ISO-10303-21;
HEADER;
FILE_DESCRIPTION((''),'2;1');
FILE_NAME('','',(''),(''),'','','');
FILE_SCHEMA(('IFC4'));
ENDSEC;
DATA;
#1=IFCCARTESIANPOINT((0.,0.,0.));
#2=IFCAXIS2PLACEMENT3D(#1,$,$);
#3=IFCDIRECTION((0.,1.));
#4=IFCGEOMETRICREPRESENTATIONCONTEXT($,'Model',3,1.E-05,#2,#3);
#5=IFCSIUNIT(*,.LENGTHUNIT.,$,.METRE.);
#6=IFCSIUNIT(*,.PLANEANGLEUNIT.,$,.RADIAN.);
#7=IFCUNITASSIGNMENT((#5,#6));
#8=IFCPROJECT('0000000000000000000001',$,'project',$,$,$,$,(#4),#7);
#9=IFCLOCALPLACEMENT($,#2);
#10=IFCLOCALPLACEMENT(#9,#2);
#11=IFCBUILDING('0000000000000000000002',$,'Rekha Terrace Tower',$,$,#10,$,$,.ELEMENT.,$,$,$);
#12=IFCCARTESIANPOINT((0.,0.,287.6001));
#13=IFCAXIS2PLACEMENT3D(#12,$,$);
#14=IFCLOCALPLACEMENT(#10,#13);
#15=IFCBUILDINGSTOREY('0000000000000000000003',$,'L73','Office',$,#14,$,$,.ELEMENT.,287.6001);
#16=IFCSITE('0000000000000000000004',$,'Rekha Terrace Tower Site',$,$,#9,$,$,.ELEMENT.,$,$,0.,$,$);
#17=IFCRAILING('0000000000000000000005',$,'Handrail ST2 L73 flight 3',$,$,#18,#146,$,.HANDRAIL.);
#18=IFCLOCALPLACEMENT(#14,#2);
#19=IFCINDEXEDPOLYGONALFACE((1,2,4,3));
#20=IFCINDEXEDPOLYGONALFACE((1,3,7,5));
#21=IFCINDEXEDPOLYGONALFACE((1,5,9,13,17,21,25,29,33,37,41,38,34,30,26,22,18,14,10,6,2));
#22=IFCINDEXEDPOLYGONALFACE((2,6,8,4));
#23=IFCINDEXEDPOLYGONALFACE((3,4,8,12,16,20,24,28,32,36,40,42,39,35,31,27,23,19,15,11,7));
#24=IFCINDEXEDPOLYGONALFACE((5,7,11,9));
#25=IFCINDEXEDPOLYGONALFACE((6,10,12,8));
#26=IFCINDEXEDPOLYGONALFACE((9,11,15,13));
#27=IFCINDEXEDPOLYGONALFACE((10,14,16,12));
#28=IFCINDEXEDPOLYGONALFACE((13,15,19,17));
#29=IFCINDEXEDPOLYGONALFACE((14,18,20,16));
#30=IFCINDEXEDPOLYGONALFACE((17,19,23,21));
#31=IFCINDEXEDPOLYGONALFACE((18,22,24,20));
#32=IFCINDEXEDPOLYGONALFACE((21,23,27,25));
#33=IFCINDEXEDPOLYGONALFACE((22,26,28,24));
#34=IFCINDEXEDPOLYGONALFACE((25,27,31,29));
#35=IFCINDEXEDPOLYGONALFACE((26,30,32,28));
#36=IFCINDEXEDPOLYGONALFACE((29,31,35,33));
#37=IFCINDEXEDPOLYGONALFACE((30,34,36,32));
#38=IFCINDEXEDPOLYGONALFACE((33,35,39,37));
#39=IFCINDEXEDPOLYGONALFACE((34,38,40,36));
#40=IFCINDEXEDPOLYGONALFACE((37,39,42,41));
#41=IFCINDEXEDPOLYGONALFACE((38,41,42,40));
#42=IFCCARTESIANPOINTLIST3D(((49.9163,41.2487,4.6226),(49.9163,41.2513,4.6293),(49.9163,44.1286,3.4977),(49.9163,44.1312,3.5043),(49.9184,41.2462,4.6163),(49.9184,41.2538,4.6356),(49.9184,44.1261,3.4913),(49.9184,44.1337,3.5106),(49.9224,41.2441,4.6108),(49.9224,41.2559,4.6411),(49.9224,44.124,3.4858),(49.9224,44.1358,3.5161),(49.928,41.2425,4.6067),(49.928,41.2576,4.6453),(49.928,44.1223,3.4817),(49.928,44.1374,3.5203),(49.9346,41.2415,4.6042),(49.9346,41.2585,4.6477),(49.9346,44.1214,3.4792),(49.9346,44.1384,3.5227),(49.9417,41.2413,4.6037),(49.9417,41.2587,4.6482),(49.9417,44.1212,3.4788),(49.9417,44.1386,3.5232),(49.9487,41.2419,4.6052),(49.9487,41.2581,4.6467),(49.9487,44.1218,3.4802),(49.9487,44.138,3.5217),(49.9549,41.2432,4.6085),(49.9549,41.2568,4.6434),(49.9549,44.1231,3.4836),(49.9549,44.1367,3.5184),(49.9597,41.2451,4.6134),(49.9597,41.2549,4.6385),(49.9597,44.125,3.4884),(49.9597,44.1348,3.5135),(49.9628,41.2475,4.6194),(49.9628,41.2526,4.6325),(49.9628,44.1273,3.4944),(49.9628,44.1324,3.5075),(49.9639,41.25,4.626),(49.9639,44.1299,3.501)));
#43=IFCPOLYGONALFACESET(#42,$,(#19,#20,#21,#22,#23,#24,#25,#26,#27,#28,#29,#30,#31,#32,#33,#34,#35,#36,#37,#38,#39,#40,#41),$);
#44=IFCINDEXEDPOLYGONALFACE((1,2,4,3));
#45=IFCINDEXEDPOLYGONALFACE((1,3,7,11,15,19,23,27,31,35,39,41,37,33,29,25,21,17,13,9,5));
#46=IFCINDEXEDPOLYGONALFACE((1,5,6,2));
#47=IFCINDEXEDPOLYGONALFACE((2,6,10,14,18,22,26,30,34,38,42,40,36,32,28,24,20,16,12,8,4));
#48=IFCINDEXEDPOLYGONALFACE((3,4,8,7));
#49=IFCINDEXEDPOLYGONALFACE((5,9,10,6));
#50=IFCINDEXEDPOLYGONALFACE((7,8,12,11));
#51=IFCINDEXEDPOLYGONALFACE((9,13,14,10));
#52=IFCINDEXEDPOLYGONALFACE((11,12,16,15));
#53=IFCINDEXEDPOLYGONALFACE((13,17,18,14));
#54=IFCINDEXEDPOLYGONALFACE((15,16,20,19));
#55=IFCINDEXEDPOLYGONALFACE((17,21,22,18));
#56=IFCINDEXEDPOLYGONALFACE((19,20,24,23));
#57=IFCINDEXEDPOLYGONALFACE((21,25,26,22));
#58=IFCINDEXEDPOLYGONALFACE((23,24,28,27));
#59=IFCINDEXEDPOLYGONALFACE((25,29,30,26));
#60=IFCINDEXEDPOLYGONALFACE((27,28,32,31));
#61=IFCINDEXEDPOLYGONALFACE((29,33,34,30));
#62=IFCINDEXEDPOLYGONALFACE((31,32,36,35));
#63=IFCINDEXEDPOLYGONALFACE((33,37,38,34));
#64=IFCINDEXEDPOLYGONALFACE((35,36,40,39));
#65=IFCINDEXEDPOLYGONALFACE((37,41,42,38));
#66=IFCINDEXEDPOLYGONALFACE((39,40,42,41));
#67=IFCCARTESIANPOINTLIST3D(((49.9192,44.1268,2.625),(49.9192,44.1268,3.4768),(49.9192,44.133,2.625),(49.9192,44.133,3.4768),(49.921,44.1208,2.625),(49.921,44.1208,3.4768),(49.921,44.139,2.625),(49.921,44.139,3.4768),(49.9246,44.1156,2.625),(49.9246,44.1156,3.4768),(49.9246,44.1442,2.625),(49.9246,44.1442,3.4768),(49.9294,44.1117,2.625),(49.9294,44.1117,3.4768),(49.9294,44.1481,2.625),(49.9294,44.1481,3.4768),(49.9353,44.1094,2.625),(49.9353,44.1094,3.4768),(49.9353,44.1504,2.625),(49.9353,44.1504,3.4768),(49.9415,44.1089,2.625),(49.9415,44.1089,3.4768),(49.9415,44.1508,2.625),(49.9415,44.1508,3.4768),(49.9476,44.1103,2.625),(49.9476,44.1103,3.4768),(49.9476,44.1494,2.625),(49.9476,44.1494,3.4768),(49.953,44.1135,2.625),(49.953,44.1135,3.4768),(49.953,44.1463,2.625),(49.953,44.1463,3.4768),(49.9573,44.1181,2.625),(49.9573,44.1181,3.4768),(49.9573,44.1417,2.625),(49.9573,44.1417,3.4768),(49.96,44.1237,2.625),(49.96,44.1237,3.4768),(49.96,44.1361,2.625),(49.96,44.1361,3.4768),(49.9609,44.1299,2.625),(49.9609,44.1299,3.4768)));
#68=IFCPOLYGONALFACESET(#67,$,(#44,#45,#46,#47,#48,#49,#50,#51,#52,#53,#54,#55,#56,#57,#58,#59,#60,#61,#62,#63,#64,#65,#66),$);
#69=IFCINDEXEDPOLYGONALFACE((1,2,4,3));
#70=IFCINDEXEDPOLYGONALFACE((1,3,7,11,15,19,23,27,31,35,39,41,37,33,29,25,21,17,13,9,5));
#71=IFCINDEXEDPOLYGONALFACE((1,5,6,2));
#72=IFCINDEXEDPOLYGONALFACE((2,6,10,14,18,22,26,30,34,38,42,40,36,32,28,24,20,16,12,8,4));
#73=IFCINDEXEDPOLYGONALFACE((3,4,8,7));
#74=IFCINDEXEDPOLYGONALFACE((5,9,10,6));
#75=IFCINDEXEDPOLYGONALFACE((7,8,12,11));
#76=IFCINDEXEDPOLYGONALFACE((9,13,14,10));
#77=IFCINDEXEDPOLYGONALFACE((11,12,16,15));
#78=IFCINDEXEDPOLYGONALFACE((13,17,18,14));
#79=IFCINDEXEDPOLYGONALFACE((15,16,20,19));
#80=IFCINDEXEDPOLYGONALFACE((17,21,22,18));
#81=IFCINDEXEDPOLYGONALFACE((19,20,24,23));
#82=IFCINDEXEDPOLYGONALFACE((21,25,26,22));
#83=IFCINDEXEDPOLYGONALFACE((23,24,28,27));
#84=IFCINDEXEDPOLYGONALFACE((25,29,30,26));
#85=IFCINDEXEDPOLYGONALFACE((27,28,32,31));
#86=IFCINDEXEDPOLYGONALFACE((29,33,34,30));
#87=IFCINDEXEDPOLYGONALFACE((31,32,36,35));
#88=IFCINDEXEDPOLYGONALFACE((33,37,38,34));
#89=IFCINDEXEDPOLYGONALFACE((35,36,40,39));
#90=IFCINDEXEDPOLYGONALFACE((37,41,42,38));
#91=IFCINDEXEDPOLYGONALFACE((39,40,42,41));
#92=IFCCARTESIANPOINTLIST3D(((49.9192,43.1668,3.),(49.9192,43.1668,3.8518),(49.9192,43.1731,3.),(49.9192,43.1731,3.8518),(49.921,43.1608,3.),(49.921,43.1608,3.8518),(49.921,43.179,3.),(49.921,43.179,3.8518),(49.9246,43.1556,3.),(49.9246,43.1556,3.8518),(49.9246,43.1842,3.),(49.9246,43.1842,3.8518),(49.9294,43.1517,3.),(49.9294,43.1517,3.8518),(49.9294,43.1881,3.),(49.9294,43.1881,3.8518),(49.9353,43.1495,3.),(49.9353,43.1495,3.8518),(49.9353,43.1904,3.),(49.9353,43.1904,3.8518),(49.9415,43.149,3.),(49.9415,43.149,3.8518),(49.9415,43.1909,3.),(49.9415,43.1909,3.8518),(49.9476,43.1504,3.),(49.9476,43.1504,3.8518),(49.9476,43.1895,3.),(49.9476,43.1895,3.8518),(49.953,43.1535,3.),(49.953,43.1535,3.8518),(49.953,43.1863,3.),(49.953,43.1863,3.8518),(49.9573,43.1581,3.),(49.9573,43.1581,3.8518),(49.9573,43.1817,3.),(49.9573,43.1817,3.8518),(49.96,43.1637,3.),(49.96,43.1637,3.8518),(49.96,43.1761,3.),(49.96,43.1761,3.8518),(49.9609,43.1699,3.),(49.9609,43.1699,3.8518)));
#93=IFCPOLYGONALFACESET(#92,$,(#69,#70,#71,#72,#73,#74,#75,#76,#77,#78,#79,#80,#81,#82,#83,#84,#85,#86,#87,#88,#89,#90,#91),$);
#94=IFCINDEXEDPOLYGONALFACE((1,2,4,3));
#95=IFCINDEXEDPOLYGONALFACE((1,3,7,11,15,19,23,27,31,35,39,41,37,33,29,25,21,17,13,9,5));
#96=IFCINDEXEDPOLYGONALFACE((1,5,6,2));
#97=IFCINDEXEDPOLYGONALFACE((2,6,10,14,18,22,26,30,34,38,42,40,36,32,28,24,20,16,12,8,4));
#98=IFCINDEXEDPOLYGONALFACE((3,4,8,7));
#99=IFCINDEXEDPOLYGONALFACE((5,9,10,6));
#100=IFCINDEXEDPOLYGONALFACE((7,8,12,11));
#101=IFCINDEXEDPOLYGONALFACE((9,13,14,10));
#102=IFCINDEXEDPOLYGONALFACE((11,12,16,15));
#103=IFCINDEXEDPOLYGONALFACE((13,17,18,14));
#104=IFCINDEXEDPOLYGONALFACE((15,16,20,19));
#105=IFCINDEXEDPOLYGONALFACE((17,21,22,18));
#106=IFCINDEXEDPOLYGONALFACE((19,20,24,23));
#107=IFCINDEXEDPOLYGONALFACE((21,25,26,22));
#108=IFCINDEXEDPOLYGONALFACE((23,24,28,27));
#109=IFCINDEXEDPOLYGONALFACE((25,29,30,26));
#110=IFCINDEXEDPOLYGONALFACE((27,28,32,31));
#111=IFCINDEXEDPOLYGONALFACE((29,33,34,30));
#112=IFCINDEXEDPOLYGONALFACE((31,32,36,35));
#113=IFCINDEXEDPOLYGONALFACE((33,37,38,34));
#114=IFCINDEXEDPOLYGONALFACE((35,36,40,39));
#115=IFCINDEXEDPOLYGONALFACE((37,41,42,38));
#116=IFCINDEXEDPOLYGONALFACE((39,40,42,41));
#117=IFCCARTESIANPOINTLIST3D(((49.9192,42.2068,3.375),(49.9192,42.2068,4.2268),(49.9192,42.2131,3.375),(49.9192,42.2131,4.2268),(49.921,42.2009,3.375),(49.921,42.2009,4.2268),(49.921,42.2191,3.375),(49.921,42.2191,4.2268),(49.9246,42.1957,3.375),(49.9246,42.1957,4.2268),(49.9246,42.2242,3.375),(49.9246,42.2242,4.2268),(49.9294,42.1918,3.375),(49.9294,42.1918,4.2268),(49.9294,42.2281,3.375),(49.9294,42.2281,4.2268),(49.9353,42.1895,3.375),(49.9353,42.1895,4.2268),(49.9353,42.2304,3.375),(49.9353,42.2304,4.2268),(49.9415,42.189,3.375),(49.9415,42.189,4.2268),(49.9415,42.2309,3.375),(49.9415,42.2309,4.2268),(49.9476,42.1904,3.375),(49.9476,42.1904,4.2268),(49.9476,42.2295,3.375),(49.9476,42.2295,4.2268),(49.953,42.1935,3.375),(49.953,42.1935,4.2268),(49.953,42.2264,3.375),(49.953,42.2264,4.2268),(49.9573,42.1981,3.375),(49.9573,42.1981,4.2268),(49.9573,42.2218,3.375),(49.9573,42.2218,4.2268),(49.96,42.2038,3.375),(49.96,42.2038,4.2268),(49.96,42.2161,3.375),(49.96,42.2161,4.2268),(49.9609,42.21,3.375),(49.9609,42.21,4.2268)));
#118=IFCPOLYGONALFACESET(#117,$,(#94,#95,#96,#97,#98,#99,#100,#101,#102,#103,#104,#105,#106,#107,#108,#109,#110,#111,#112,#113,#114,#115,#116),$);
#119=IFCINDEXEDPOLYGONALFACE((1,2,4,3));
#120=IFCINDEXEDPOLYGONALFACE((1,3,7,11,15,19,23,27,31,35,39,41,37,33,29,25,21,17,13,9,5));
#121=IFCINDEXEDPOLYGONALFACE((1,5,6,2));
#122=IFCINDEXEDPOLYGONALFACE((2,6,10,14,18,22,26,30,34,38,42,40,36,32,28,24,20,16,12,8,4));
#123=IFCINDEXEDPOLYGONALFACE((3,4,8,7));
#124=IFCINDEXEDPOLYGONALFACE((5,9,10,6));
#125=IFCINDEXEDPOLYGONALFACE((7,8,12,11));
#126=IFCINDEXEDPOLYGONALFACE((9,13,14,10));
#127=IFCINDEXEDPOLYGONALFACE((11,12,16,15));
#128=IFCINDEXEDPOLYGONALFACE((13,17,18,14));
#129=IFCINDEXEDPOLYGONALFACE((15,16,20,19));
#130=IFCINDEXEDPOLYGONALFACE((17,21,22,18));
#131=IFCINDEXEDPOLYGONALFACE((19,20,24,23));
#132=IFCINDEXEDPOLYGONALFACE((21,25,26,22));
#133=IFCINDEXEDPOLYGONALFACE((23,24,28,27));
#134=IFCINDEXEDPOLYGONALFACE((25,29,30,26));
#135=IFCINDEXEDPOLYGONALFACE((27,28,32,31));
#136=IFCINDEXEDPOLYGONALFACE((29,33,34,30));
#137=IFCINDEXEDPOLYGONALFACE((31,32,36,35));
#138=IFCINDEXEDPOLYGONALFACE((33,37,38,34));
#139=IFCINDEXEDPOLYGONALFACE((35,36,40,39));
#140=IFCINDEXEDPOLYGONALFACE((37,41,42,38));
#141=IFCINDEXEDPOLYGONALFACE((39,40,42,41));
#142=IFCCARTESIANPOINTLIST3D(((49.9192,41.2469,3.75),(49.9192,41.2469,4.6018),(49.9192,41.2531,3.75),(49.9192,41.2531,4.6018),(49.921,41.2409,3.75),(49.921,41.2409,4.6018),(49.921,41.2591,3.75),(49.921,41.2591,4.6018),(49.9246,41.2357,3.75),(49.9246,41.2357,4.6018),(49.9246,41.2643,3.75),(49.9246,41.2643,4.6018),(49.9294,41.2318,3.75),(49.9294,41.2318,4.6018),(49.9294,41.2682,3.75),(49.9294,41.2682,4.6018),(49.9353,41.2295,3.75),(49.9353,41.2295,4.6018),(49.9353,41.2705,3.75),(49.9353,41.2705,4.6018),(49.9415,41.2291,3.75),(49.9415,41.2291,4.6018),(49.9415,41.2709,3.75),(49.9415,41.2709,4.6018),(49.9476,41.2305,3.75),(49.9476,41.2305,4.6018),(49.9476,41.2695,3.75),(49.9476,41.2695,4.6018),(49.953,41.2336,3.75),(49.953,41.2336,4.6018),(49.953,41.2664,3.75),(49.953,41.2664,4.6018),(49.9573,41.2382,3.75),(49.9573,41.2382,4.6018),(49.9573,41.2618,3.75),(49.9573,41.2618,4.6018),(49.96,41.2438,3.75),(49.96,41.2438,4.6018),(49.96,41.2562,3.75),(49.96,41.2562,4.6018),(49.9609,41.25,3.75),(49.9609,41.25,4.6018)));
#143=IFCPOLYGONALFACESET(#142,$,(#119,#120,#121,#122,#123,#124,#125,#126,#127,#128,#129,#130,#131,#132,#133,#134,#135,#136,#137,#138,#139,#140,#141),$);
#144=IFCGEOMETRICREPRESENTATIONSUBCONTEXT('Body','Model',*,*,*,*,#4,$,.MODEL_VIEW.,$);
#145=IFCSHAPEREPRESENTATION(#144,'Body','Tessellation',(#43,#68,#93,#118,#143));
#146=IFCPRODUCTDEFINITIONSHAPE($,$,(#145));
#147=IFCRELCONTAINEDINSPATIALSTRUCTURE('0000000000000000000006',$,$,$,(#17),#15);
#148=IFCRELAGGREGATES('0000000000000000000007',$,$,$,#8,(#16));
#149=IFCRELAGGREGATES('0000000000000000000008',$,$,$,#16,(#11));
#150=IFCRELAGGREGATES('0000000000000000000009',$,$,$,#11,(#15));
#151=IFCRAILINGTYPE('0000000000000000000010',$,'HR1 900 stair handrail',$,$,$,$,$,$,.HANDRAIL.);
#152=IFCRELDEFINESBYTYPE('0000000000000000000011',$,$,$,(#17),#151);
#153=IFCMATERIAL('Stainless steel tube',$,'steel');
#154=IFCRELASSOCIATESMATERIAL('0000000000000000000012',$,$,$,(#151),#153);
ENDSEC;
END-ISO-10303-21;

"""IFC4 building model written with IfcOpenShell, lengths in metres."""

from ifc_helpers import new_model, si_unit, direction, frame, origin, origin_2d, place, context, subcontext, project, spatial, circle, extrude, material, type_object, element, save


model = new_model("IFC4")

# Units and contexts
model_context = context("Model", 3, precision=1e-05, world=origin(), true_north=direction((0.0, 1.0)))
body_context = subcontext(model_context, "Body", "Model", "MODEL_VIEW")
ifc_project = project(units=[si_unit("LENGTHUNIT", "METRE"), si_unit("PLANEANGLEUNIT", "RADIAN")], contexts=[model_context])

# Site, building, storey
site_placement = place(None, origin())
site = spatial("IfcSite", under=ifc_project, at=site_placement, Name="Rekha Terrace Tower Site", CompositionType="ELEMENT", RefElevation=0.0)
building_placement = place(site_placement, origin())
building = spatial("IfcBuilding", under=site, at=building_placement, Name="Rekha Terrace Tower", CompositionType="ELEMENT")
storey_placement = place(building_placement, frame((0.0, 0.0, 287.6001)))
storey = spatial("IfcBuildingStorey", under=building, at=storey_placement, Name="L73", Description="Office", CompositionType="ELEMENT", Elevation=287.6001)

# Railing
ifc_material_1 = material(Name="Stainless steel tube", Category="steel")
railing_type_1 = type_object("IfcRailingType", Name="HR1 900 stair handrail", PredefinedType="HANDRAIL", material=ifc_material_1)
railing_1_placement = place(storey_placement, frame((49.9399, 44.1299, 2.625)))
element("IfcRailing", 1, at=railing_1_placement, inside=storey, type_object=railing_type_1, Name="Handrail ST2 L73 flight 3", PredefinedType="HANDRAIL", context=body_context, shape_type="SweptSolid", body=[
    extrude(circle(Radius=0.0239, at=origin_2d()), frame((0.0, 0.0, 0.876), z_axis=(0.0, -0.931452, 0.363863), x_axis=(1.0, 0.0, 0.0)), (0.0, 0.0, 1.0), 3.0918),
    extrude(circle(Radius=0.021, at=origin_2d()), origin(), (0.0, 0.0, 1.0), 0.8518),
    extrude(circle(Radius=0.021, at=origin_2d()), frame((0.0, -0.96, 0.375)), (0.0, 0.0, 1.0), 0.8518),
    extrude(circle(Radius=0.021, at=origin_2d()), frame((0.0, -1.9199, 0.75)), (0.0, 0.0, 1.0), 0.8518),
    extrude(circle(Radius=0.021, at=origin_2d()), frame((0.0, -2.8799, 1.125)), (0.0, 0.0, 1.0), 0.8518),
])

save(model, "model.ifc")
